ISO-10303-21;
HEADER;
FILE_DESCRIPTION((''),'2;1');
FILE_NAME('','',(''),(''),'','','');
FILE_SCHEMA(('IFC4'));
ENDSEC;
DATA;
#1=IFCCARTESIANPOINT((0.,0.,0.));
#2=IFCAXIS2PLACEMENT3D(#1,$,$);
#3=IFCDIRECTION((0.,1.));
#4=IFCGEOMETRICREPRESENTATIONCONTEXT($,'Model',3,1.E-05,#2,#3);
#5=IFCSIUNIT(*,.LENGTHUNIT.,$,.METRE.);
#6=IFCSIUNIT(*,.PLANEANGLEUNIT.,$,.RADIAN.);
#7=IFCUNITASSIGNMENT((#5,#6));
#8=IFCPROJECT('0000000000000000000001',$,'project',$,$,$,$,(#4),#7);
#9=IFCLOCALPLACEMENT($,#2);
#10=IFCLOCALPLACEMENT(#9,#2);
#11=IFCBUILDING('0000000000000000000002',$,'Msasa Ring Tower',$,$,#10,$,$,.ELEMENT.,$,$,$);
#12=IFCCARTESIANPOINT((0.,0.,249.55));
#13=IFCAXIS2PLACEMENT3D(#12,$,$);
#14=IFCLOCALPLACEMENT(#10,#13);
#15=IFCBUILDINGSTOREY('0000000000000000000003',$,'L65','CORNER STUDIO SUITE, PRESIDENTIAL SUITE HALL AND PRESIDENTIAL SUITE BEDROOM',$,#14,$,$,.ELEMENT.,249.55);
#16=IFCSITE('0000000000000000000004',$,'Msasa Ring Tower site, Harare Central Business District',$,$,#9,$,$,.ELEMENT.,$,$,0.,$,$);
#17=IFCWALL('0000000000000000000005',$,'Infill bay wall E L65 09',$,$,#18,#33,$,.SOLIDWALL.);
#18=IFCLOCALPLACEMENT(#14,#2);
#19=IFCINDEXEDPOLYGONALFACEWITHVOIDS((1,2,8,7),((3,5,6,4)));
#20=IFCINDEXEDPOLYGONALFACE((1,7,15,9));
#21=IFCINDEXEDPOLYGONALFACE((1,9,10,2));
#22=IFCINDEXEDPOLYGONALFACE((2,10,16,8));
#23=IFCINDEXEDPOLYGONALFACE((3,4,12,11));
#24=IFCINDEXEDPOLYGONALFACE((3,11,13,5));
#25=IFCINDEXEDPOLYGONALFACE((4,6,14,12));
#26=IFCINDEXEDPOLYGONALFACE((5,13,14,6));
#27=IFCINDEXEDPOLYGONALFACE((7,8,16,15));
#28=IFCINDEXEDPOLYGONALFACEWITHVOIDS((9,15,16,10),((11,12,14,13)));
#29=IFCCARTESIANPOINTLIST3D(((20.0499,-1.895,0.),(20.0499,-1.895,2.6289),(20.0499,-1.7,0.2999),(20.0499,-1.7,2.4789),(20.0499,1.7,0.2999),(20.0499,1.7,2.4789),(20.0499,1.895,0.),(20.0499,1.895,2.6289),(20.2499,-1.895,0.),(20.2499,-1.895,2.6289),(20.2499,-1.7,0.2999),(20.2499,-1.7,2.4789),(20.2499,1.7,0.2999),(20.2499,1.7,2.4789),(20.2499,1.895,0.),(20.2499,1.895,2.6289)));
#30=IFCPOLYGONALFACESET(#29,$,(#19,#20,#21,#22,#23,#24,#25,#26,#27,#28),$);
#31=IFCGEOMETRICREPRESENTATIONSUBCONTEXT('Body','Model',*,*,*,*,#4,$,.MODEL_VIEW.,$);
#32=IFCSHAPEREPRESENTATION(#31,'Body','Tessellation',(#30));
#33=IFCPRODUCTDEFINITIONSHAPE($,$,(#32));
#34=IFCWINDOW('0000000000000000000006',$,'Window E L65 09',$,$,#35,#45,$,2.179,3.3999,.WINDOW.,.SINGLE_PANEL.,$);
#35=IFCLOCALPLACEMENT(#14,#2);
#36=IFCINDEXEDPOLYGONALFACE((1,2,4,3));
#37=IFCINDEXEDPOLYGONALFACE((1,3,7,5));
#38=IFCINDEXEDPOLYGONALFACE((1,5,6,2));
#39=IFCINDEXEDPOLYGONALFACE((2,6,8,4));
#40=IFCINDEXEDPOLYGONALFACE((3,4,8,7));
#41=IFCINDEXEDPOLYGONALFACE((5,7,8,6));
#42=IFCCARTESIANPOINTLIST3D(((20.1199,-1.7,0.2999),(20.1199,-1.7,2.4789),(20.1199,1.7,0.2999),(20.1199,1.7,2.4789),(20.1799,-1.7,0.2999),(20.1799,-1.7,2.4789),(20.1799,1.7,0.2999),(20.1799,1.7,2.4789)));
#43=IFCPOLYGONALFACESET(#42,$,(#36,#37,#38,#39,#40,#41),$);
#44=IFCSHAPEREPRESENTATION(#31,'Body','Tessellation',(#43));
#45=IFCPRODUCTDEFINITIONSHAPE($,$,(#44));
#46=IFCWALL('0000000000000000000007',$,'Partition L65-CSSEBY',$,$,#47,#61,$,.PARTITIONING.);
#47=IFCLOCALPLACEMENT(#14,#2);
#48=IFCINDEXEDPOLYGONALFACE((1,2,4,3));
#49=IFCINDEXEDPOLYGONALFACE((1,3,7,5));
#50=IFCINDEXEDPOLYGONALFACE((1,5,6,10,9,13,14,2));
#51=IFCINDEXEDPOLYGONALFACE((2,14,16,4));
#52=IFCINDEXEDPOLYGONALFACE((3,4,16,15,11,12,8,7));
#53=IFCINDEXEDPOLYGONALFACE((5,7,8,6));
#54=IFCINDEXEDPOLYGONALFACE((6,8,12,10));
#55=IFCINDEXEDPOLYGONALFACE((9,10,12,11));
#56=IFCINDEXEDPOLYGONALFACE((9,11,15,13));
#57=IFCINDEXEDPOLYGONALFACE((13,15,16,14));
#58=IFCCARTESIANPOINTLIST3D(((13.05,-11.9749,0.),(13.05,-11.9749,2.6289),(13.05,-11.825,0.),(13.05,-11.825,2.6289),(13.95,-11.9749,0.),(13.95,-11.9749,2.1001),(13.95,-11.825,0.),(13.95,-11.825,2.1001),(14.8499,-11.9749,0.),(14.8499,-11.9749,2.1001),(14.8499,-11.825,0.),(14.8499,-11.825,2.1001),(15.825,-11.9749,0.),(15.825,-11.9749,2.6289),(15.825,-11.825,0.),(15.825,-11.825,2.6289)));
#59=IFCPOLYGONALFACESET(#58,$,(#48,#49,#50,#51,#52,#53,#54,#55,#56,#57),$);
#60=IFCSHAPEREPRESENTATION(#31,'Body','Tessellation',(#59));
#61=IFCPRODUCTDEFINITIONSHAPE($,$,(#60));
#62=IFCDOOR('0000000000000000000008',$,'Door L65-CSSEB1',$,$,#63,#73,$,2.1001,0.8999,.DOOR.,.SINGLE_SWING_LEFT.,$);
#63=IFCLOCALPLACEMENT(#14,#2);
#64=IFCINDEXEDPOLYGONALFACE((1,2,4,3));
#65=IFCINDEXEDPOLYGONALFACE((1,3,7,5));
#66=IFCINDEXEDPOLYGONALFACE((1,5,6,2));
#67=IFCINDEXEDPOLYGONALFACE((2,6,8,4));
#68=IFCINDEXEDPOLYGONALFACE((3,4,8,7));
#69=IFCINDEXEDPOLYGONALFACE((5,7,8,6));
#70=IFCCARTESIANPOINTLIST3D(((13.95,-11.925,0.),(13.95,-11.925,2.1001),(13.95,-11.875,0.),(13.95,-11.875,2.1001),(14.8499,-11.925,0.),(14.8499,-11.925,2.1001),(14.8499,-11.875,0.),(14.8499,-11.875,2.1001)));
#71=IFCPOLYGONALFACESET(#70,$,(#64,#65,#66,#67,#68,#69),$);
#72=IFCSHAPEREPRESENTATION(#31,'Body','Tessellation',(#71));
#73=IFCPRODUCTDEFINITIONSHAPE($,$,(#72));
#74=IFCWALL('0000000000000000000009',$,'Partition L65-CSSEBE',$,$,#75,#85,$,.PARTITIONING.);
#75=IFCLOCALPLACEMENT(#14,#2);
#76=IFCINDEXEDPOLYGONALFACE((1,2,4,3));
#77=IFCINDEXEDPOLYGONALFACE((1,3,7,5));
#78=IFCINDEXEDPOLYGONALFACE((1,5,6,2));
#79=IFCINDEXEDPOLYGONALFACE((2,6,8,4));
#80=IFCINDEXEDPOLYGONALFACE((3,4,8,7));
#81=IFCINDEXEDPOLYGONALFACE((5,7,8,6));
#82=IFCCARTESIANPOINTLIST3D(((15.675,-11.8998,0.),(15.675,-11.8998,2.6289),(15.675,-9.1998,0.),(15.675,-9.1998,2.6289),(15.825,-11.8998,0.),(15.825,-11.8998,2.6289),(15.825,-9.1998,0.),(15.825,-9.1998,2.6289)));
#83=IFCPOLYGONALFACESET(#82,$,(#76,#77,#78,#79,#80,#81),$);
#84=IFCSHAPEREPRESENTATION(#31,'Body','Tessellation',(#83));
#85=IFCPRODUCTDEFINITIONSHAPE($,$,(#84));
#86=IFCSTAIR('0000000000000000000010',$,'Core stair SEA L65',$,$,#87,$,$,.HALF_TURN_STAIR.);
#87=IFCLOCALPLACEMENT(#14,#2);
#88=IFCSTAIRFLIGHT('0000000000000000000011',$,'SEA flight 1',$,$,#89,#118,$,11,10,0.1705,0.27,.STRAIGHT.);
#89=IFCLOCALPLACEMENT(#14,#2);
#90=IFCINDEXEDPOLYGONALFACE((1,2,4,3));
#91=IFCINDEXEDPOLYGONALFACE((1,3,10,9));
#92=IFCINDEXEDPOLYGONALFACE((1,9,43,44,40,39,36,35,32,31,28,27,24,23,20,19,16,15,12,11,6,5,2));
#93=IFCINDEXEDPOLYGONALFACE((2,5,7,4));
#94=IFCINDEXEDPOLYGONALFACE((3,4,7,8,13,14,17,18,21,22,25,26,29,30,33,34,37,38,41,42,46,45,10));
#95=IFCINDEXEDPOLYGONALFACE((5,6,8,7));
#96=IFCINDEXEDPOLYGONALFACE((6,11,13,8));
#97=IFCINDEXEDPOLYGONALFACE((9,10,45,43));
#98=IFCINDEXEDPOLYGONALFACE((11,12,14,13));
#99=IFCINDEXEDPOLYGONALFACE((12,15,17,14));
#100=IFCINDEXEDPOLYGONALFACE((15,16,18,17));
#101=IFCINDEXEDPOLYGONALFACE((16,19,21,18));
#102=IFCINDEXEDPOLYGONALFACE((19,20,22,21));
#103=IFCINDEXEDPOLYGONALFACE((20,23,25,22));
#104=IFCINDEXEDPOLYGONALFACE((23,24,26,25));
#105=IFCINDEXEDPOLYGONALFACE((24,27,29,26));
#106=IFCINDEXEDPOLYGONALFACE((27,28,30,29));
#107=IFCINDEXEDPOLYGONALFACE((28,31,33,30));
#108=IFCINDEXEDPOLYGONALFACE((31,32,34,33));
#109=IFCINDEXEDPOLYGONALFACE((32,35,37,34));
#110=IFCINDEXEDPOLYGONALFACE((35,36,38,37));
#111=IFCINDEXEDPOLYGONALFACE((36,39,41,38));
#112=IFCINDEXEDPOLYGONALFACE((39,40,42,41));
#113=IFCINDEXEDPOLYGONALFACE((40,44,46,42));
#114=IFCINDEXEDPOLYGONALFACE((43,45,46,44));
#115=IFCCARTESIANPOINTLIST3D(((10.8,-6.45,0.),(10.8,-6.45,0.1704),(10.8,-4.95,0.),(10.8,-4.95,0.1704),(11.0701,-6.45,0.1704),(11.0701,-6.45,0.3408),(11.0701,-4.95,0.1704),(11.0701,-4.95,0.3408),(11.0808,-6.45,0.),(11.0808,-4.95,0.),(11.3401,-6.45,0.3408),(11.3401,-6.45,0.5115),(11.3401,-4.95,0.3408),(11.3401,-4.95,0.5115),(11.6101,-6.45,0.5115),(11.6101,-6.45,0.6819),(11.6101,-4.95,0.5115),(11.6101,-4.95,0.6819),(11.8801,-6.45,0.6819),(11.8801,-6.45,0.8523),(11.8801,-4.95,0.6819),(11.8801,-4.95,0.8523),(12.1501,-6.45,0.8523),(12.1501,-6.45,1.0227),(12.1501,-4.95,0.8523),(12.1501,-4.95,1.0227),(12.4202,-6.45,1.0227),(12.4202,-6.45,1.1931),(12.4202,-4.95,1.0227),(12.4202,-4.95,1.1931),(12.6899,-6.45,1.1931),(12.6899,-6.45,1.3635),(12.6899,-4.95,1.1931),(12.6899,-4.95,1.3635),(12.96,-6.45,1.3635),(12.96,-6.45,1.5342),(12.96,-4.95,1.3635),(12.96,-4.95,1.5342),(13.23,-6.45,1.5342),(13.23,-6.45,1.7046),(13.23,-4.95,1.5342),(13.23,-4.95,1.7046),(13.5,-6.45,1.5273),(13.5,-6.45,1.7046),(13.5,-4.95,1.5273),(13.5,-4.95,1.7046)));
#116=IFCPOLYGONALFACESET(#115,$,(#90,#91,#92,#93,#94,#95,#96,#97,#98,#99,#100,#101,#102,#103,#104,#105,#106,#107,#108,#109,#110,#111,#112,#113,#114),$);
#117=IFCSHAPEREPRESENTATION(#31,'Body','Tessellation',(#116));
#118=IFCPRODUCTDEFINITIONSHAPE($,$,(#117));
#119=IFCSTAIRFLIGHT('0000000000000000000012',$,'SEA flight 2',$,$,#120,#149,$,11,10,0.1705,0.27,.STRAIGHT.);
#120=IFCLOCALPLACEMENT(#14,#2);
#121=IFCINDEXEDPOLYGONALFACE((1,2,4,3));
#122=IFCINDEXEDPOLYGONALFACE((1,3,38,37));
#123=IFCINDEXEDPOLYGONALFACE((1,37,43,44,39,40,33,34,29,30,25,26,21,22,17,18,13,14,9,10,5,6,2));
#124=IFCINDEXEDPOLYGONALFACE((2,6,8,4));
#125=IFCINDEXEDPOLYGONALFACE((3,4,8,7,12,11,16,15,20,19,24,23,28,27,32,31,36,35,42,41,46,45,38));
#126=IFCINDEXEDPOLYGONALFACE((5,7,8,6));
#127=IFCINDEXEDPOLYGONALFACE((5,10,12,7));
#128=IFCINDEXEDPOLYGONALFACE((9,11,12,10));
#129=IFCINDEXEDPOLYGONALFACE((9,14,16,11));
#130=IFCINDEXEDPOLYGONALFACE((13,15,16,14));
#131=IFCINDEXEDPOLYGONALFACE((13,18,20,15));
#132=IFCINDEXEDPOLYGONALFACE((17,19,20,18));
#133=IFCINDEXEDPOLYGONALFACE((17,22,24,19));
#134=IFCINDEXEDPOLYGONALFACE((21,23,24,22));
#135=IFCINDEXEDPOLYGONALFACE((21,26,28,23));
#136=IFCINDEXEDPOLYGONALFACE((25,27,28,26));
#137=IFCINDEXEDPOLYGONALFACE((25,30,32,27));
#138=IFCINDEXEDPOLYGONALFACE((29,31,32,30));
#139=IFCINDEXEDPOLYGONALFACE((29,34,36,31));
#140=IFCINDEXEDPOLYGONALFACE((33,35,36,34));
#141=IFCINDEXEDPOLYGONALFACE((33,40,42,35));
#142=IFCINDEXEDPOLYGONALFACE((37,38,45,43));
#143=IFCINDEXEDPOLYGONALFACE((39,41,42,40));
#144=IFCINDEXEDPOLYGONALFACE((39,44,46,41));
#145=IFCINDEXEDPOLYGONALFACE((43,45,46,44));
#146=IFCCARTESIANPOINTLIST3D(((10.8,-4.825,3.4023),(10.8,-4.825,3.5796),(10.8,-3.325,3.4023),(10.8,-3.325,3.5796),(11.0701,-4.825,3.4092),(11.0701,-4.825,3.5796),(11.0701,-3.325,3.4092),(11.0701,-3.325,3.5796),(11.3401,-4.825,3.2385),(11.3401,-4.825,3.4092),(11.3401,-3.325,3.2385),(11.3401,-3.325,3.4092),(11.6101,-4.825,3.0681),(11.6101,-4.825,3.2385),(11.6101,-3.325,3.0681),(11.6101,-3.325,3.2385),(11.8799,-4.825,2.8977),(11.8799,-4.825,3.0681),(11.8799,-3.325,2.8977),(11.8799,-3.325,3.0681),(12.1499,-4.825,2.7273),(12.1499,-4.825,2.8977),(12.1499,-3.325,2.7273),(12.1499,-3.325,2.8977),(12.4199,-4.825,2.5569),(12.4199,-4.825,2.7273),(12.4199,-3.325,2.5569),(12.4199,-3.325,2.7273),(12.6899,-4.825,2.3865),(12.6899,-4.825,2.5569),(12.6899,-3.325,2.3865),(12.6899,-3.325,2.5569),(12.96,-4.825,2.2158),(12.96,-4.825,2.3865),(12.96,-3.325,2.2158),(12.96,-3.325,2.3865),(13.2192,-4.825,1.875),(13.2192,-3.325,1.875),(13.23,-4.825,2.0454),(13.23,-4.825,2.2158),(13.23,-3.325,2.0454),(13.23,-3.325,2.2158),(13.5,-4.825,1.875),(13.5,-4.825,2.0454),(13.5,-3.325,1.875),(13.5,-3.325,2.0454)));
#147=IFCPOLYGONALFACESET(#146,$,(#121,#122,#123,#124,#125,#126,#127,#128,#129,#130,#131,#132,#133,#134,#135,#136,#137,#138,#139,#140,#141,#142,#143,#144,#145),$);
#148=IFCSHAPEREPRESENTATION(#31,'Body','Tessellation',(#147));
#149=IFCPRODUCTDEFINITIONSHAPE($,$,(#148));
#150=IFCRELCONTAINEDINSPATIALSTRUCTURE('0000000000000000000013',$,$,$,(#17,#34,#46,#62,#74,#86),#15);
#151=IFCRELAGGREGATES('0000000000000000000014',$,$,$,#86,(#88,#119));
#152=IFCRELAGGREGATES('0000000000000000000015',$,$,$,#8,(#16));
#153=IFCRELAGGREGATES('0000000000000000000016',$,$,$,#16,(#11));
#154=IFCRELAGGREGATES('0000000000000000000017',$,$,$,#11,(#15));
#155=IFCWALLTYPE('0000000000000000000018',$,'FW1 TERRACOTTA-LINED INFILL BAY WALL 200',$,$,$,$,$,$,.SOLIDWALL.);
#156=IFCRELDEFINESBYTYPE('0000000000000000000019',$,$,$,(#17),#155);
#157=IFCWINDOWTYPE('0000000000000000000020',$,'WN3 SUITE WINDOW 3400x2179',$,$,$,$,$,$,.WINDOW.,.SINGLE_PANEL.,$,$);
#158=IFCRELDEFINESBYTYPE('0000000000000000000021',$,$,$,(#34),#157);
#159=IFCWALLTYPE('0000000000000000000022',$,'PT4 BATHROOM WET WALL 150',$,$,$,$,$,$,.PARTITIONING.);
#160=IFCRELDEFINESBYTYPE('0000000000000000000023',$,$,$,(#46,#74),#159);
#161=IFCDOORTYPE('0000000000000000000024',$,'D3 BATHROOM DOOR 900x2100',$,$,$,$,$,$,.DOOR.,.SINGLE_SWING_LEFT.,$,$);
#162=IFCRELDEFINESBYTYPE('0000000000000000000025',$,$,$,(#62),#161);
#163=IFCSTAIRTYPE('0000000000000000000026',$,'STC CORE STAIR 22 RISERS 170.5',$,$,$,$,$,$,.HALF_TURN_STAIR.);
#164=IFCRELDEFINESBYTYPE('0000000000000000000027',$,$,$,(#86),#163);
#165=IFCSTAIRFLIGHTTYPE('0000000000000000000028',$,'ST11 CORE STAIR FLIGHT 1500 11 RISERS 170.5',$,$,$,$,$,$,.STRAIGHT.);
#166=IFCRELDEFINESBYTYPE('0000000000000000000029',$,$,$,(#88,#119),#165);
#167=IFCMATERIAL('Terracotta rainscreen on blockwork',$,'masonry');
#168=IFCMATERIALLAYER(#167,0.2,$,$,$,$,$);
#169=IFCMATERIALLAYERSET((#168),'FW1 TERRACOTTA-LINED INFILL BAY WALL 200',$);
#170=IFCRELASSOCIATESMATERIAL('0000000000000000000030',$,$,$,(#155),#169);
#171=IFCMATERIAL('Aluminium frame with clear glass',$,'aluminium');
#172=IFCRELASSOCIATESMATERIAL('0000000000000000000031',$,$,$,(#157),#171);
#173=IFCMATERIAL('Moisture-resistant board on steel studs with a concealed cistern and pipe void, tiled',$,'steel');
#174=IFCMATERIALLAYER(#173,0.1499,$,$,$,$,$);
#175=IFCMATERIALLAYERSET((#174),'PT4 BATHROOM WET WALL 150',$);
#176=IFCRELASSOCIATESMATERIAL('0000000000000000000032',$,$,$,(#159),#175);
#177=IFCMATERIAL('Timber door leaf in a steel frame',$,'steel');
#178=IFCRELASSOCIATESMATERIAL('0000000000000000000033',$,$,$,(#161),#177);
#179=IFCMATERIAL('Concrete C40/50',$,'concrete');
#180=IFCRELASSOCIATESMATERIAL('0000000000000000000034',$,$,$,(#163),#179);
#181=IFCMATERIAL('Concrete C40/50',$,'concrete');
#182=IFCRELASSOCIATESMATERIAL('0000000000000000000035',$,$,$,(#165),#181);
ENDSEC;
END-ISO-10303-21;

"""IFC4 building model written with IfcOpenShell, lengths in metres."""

from ifc_helpers import new_model, si_unit, direction, frame, frame_2d, origin, place, context, subcontext, project, spatial, polyline, rectangle, outline, extrude, material, layer, layer_set, type_object, element, fill, aggregate, save


model = new_model("IFC4")

# Units and contexts
model_context = context("Model", 3, precision=1e-05, world=origin(), true_north=direction((0.0, 1.0)))
body_context = subcontext(model_context, "Body", "Model", "MODEL_VIEW")
ifc_project = project(units=[si_unit("LENGTHUNIT", "METRE"), si_unit("PLANEANGLEUNIT", "RADIAN")], contexts=[model_context])

# Site, building, storey
site_placement = place(None, origin())
site = spatial("IfcSite", under=ifc_project, at=site_placement, Name="Msasa Ring Tower site, Harare Central Business District", CompositionType="ELEMENT", RefElevation=0.0)
building_placement = place(site_placement, origin())
building = spatial("IfcBuilding", under=site, at=building_placement, Name="Msasa Ring Tower", CompositionType="ELEMENT")
storey_placement = place(building_placement, frame((0.0, 0.0, 249.55)))
storey = spatial("IfcBuildingStorey", under=building, at=storey_placement, Name="L65", Description="CORNER STUDIO SUITE, PRESIDENTIAL SUITE HALL AND PRESIDENTIAL SUITE BEDROOM", CompositionType="ELEMENT", Elevation=249.55)

# Wall, opening, window
ifc_material_1 = material(Name="Terracotta rainscreen on blockwork", Category="masonry")
ifc_layer_1 = layer(ifc_material_1, 0.2)
ifc_layer_set_1 = layer_set([ifc_layer_1], Name="FW1 TERRACOTTA-LINED INFILL BAY WALL 200")
wall_type_1 = type_object("IfcWallType", Name="FW1 TERRACOTTA-LINED INFILL BAY WALL 200", PredefinedType="SOLIDWALL", material=ifc_layer_set_1)
ifc_material_2 = material(Name="Aluminium frame with clear glass", Category="aluminium")
window_type = type_object("IfcWindowType", Name="WN3 SUITE WINDOW 3400x2179", PartitioningType="SINGLE_PANEL", PredefinedType="WINDOW", material=ifc_material_2)
wall_1_placement = place(storey_placement, frame((20.1499, -1.895, 0.0), z_axis=(0.0, 0.0, 1.0), x_axis=(0.0, 1.0, 0.0)))
wall_1 = element("IfcWall", 1, at=wall_1_placement, inside=storey, type_object=wall_type_1, Name="Infill bay wall E L65 09", PredefinedType="SOLIDWALL", context=body_context, shape_type="SweptSolid", body=[
    extrude(rectangle(XDim=3.79, YDim=0.2, at=frame_2d((1.895, 0.0))), origin(), (0.0, 0.0, 1.0), 2.6289),
])
opening_1_placement = place(wall_1_placement, frame((0.1951, 0.0, 0.3)))
opening_1 = element("IfcOpeningElement", 2, at=opening_1_placement, cuts=wall_1, PredefinedType="OPENING", context=body_context, shape_type="SweptSolid", body=[
    extrude(rectangle(XDim=3.3999, YDim=2.179, at=frame_2d((1.7, 1.0894))), frame((0.0, 0.1099, 0.0), z_axis=(0.0, -1.0, 0.0), x_axis=(1.0, 0.0, 0.0)), (0.0, 0.0, 1.0), 0.22),
])
window_1_placement = place(opening_1_placement, origin())
window_1 = element("IfcWindow", 3, at=window_1_placement, inside=storey, type_object=window_type, Name="Window E L65 09", OverallHeight=2.179, OverallWidth=3.3999, PartitioningType="SINGLE_PANEL", PredefinedType="WINDOW", context=body_context, shape_type="SweptSolid", body=[
    extrude(rectangle(XDim=3.3999, YDim=2.179, at=frame_2d((1.7, 1.0894))), frame((0.0, 0.03, 0.0), z_axis=(0.0, -1.0, 0.0), x_axis=(1.0, 0.0, 0.0)), (0.0, 0.0, 1.0), 0.0601),
])
fill(opening_1, window_1)

# Wall, opening, door
ifc_material_3 = material(Name="Moisture-resistant board on steel studs with a concealed cistern and pipe void, tiled", Category="steel")
ifc_layer_2 = layer(ifc_material_3, 0.1499)
ifc_layer_set_2 = layer_set([ifc_layer_2], Name="PT4 BATHROOM WET WALL 150")
wall_type_2 = type_object("IfcWallType", Name="PT4 BATHROOM WET WALL 150", PredefinedType="PARTITIONING", material=ifc_layer_set_2)
wall_2_placement = place(storey_placement, frame((13.05, -11.8999, 0.0), z_axis=(0.0, 0.0, 1.0), x_axis=(1.0, 0.0, 0.0)))
wall_2 = element("IfcWall", 4, at=wall_2_placement, inside=storey, type_object=wall_type_2, Name="Partition L65-CSSEBY", PredefinedType="PARTITIONING", context=body_context, shape_type="SweptSolid", body=[
    extrude(rectangle(XDim=2.7749, YDim=0.1499, at=frame_2d((1.3875, 0.0))), origin(), (0.0, 0.0, 1.0), 2.6289),
])
opening_2_placement = place(wall_2_placement, frame((0.8999, 0.0, 0.0)))
opening_2 = element("IfcOpeningElement", 5, at=opening_2_placement, cuts=wall_2, PredefinedType="OPENING", context=body_context, shape_type="SweptSolid", body=[
    extrude(rectangle(XDim=0.8999, YDim=2.1001, at=frame_2d((0.45, 1.05))), frame((0.0, 0.085, 0.0), z_axis=(0.0, -1.0, 0.0), x_axis=(1.0, 0.0, 0.0)), (0.0, 0.0, 1.0), 0.1699),
])
ifc_material_4 = material(Name="Timber door leaf in a steel frame", Category="steel")
door_type_1 = type_object("IfcDoorType", Name="D3 BATHROOM DOOR 900x2100", OperationType="SINGLE_SWING_LEFT", PredefinedType="DOOR", material=ifc_material_4)
door_1_placement = place(opening_2_placement, origin())
door_1 = element("IfcDoor", 6, at=door_1_placement, inside=storey, type_object=door_type_1, Name="Door L65-CSSEB1", OperationType="SINGLE_SWING_LEFT", OverallHeight=2.1001, OverallWidth=0.8999, PredefinedType="DOOR", context=body_context, shape_type="SweptSolid", body=[
    extrude(rectangle(XDim=0.8999, YDim=2.1001, at=frame_2d((0.45, 1.05))), frame((0.0, 0.0249, 0.0), z_axis=(0.0, -1.0, 0.0), x_axis=(1.0, 0.0, 0.0)), (0.0, 0.0, 1.0), 0.05),
])
fill(opening_2, door_1)

# Wall
wall_3_placement = place(storey_placement, frame((15.75, -11.8999, 0.0), z_axis=(0.0, 0.0, 1.0), x_axis=(0.0, 1.0, 0.0)))
element("IfcWall", 7, at=wall_3_placement, inside=storey, type_object=wall_type_2, Name="Partition L65-CSSEBE", PredefinedType="PARTITIONING", context=body_context, shape_type="SweptSolid", body=[
    extrude(rectangle(XDim=2.7, YDim=0.1499, at=frame_2d((1.3501, 0.0))), origin(), (0.0, 0.0, 1.0), 2.6289),
])

# Stair, stair flights
ifc_material_5 = material(Name="Concrete C40/50", Category="concrete")
stair_type = type_object("IfcStairType", Name="STC CORE STAIR 22 RISERS 170.5", PredefinedType="HALF_TURN_STAIR", material=ifc_material_5)
stair_placement = place(storey_placement, origin())
stair = element("IfcStair", 8, at=stair_placement, inside=storey, type_object=stair_type, Name="Core stair SEA L65", PredefinedType="HALF_TURN_STAIR")
ifc_material_6 = material(Name="Concrete C40/50", Category="concrete")
stair_flight_type = type_object("IfcStairFlightType", Name="ST11 CORE STAIR FLIGHT 1500 11 RISERS 170.5", PredefinedType="STRAIGHT", material=ifc_material_6)
stair_flight_1_placement = place(storey_placement, frame((10.8, -5.7, 0.0), z_axis=(0.0, 0.0, 1.0), x_axis=(1.0, 0.0, 0.0)))
stair_flight_1 = element("IfcStairFlight", 9, at=stair_flight_1_placement, type_object=stair_flight_type, Name="SEA flight 1", NumberOfRisers=11, NumberOfTreads=10, PredefinedType="STRAIGHT", RiserHeight=0.1705, TreadLength=0.27, context=body_context, shape_type="SweptSolid", body=[
    extrude(outline(polyline([(0.0, 0.0), (0.0, 0.1704), (0.27, 0.1704), (0.27, 0.3408), (0.54, 0.3408), (0.54, 0.5115), (0.8101, 0.5115), (0.8101, 0.6819), (1.0801, 0.6819), (1.0801, 0.8523), (1.3501, 0.8523), (1.3501, 1.0227), (1.6201, 1.0227), (1.6201, 1.1931), (1.8899, 1.1931), (1.8899, 1.3635), (2.1599, 1.3635), (2.1599, 1.5342), (2.4299, 1.5342), (2.4299, 1.7046), (2.7, 1.7046), (2.7, 1.875), (2.7, 1.5273), (0.2808, 0.0), (0.0, 0.0)])), frame((0.0, 0.75, 0.0), z_axis=(0.0, -1.0, 0.0), x_axis=(1.0, 0.0, 0.0)), (0.0, 0.0, 1.0), 1.5),
])
stair_flight_2_placement = place(storey_placement, frame((13.5, -4.075, 1.875), z_axis=(0.0, 0.0, 1.0), x_axis=(-1.0, 0.0, 0.0)))
stair_flight_2 = element("IfcStairFlight", 10, at=stair_flight_2_placement, type_object=stair_flight_type, Name="SEA flight 2", NumberOfRisers=11, NumberOfTreads=10, PredefinedType="STRAIGHT", RiserHeight=0.1705, TreadLength=0.27, context=body_context, shape_type="SweptSolid", body=[
    extrude(outline(polyline([(0.0, 0.0), (0.0, 0.1704), (0.27, 0.1704), (0.27, 0.3408), (0.54, 0.3408), (0.54, 0.5115), (0.8101, 0.5115), (0.8101, 0.6819), (1.0801, 0.6819), (1.0801, 0.8523), (1.3501, 0.8523), (1.3501, 1.0227), (1.6201, 1.0227), (1.6201, 1.1931), (1.8899, 1.1931), (1.8899, 1.3635), (2.1599, 1.3635), (2.1599, 1.5342), (2.4299, 1.5342), (2.4299, 1.7046), (2.7, 1.7046), (2.7, 1.875), (2.7, 1.5273), (0.2808, 0.0), (0.0, 0.0)])), frame((0.0, 0.75, 0.0), z_axis=(0.0, -1.0, 0.0), x_axis=(1.0, 0.0, 0.0)), (0.0, 0.0, 1.0), 1.5),
])
aggregate(stair, [stair_flight_1, stair_flight_2])

save(model, "model.ifc")
